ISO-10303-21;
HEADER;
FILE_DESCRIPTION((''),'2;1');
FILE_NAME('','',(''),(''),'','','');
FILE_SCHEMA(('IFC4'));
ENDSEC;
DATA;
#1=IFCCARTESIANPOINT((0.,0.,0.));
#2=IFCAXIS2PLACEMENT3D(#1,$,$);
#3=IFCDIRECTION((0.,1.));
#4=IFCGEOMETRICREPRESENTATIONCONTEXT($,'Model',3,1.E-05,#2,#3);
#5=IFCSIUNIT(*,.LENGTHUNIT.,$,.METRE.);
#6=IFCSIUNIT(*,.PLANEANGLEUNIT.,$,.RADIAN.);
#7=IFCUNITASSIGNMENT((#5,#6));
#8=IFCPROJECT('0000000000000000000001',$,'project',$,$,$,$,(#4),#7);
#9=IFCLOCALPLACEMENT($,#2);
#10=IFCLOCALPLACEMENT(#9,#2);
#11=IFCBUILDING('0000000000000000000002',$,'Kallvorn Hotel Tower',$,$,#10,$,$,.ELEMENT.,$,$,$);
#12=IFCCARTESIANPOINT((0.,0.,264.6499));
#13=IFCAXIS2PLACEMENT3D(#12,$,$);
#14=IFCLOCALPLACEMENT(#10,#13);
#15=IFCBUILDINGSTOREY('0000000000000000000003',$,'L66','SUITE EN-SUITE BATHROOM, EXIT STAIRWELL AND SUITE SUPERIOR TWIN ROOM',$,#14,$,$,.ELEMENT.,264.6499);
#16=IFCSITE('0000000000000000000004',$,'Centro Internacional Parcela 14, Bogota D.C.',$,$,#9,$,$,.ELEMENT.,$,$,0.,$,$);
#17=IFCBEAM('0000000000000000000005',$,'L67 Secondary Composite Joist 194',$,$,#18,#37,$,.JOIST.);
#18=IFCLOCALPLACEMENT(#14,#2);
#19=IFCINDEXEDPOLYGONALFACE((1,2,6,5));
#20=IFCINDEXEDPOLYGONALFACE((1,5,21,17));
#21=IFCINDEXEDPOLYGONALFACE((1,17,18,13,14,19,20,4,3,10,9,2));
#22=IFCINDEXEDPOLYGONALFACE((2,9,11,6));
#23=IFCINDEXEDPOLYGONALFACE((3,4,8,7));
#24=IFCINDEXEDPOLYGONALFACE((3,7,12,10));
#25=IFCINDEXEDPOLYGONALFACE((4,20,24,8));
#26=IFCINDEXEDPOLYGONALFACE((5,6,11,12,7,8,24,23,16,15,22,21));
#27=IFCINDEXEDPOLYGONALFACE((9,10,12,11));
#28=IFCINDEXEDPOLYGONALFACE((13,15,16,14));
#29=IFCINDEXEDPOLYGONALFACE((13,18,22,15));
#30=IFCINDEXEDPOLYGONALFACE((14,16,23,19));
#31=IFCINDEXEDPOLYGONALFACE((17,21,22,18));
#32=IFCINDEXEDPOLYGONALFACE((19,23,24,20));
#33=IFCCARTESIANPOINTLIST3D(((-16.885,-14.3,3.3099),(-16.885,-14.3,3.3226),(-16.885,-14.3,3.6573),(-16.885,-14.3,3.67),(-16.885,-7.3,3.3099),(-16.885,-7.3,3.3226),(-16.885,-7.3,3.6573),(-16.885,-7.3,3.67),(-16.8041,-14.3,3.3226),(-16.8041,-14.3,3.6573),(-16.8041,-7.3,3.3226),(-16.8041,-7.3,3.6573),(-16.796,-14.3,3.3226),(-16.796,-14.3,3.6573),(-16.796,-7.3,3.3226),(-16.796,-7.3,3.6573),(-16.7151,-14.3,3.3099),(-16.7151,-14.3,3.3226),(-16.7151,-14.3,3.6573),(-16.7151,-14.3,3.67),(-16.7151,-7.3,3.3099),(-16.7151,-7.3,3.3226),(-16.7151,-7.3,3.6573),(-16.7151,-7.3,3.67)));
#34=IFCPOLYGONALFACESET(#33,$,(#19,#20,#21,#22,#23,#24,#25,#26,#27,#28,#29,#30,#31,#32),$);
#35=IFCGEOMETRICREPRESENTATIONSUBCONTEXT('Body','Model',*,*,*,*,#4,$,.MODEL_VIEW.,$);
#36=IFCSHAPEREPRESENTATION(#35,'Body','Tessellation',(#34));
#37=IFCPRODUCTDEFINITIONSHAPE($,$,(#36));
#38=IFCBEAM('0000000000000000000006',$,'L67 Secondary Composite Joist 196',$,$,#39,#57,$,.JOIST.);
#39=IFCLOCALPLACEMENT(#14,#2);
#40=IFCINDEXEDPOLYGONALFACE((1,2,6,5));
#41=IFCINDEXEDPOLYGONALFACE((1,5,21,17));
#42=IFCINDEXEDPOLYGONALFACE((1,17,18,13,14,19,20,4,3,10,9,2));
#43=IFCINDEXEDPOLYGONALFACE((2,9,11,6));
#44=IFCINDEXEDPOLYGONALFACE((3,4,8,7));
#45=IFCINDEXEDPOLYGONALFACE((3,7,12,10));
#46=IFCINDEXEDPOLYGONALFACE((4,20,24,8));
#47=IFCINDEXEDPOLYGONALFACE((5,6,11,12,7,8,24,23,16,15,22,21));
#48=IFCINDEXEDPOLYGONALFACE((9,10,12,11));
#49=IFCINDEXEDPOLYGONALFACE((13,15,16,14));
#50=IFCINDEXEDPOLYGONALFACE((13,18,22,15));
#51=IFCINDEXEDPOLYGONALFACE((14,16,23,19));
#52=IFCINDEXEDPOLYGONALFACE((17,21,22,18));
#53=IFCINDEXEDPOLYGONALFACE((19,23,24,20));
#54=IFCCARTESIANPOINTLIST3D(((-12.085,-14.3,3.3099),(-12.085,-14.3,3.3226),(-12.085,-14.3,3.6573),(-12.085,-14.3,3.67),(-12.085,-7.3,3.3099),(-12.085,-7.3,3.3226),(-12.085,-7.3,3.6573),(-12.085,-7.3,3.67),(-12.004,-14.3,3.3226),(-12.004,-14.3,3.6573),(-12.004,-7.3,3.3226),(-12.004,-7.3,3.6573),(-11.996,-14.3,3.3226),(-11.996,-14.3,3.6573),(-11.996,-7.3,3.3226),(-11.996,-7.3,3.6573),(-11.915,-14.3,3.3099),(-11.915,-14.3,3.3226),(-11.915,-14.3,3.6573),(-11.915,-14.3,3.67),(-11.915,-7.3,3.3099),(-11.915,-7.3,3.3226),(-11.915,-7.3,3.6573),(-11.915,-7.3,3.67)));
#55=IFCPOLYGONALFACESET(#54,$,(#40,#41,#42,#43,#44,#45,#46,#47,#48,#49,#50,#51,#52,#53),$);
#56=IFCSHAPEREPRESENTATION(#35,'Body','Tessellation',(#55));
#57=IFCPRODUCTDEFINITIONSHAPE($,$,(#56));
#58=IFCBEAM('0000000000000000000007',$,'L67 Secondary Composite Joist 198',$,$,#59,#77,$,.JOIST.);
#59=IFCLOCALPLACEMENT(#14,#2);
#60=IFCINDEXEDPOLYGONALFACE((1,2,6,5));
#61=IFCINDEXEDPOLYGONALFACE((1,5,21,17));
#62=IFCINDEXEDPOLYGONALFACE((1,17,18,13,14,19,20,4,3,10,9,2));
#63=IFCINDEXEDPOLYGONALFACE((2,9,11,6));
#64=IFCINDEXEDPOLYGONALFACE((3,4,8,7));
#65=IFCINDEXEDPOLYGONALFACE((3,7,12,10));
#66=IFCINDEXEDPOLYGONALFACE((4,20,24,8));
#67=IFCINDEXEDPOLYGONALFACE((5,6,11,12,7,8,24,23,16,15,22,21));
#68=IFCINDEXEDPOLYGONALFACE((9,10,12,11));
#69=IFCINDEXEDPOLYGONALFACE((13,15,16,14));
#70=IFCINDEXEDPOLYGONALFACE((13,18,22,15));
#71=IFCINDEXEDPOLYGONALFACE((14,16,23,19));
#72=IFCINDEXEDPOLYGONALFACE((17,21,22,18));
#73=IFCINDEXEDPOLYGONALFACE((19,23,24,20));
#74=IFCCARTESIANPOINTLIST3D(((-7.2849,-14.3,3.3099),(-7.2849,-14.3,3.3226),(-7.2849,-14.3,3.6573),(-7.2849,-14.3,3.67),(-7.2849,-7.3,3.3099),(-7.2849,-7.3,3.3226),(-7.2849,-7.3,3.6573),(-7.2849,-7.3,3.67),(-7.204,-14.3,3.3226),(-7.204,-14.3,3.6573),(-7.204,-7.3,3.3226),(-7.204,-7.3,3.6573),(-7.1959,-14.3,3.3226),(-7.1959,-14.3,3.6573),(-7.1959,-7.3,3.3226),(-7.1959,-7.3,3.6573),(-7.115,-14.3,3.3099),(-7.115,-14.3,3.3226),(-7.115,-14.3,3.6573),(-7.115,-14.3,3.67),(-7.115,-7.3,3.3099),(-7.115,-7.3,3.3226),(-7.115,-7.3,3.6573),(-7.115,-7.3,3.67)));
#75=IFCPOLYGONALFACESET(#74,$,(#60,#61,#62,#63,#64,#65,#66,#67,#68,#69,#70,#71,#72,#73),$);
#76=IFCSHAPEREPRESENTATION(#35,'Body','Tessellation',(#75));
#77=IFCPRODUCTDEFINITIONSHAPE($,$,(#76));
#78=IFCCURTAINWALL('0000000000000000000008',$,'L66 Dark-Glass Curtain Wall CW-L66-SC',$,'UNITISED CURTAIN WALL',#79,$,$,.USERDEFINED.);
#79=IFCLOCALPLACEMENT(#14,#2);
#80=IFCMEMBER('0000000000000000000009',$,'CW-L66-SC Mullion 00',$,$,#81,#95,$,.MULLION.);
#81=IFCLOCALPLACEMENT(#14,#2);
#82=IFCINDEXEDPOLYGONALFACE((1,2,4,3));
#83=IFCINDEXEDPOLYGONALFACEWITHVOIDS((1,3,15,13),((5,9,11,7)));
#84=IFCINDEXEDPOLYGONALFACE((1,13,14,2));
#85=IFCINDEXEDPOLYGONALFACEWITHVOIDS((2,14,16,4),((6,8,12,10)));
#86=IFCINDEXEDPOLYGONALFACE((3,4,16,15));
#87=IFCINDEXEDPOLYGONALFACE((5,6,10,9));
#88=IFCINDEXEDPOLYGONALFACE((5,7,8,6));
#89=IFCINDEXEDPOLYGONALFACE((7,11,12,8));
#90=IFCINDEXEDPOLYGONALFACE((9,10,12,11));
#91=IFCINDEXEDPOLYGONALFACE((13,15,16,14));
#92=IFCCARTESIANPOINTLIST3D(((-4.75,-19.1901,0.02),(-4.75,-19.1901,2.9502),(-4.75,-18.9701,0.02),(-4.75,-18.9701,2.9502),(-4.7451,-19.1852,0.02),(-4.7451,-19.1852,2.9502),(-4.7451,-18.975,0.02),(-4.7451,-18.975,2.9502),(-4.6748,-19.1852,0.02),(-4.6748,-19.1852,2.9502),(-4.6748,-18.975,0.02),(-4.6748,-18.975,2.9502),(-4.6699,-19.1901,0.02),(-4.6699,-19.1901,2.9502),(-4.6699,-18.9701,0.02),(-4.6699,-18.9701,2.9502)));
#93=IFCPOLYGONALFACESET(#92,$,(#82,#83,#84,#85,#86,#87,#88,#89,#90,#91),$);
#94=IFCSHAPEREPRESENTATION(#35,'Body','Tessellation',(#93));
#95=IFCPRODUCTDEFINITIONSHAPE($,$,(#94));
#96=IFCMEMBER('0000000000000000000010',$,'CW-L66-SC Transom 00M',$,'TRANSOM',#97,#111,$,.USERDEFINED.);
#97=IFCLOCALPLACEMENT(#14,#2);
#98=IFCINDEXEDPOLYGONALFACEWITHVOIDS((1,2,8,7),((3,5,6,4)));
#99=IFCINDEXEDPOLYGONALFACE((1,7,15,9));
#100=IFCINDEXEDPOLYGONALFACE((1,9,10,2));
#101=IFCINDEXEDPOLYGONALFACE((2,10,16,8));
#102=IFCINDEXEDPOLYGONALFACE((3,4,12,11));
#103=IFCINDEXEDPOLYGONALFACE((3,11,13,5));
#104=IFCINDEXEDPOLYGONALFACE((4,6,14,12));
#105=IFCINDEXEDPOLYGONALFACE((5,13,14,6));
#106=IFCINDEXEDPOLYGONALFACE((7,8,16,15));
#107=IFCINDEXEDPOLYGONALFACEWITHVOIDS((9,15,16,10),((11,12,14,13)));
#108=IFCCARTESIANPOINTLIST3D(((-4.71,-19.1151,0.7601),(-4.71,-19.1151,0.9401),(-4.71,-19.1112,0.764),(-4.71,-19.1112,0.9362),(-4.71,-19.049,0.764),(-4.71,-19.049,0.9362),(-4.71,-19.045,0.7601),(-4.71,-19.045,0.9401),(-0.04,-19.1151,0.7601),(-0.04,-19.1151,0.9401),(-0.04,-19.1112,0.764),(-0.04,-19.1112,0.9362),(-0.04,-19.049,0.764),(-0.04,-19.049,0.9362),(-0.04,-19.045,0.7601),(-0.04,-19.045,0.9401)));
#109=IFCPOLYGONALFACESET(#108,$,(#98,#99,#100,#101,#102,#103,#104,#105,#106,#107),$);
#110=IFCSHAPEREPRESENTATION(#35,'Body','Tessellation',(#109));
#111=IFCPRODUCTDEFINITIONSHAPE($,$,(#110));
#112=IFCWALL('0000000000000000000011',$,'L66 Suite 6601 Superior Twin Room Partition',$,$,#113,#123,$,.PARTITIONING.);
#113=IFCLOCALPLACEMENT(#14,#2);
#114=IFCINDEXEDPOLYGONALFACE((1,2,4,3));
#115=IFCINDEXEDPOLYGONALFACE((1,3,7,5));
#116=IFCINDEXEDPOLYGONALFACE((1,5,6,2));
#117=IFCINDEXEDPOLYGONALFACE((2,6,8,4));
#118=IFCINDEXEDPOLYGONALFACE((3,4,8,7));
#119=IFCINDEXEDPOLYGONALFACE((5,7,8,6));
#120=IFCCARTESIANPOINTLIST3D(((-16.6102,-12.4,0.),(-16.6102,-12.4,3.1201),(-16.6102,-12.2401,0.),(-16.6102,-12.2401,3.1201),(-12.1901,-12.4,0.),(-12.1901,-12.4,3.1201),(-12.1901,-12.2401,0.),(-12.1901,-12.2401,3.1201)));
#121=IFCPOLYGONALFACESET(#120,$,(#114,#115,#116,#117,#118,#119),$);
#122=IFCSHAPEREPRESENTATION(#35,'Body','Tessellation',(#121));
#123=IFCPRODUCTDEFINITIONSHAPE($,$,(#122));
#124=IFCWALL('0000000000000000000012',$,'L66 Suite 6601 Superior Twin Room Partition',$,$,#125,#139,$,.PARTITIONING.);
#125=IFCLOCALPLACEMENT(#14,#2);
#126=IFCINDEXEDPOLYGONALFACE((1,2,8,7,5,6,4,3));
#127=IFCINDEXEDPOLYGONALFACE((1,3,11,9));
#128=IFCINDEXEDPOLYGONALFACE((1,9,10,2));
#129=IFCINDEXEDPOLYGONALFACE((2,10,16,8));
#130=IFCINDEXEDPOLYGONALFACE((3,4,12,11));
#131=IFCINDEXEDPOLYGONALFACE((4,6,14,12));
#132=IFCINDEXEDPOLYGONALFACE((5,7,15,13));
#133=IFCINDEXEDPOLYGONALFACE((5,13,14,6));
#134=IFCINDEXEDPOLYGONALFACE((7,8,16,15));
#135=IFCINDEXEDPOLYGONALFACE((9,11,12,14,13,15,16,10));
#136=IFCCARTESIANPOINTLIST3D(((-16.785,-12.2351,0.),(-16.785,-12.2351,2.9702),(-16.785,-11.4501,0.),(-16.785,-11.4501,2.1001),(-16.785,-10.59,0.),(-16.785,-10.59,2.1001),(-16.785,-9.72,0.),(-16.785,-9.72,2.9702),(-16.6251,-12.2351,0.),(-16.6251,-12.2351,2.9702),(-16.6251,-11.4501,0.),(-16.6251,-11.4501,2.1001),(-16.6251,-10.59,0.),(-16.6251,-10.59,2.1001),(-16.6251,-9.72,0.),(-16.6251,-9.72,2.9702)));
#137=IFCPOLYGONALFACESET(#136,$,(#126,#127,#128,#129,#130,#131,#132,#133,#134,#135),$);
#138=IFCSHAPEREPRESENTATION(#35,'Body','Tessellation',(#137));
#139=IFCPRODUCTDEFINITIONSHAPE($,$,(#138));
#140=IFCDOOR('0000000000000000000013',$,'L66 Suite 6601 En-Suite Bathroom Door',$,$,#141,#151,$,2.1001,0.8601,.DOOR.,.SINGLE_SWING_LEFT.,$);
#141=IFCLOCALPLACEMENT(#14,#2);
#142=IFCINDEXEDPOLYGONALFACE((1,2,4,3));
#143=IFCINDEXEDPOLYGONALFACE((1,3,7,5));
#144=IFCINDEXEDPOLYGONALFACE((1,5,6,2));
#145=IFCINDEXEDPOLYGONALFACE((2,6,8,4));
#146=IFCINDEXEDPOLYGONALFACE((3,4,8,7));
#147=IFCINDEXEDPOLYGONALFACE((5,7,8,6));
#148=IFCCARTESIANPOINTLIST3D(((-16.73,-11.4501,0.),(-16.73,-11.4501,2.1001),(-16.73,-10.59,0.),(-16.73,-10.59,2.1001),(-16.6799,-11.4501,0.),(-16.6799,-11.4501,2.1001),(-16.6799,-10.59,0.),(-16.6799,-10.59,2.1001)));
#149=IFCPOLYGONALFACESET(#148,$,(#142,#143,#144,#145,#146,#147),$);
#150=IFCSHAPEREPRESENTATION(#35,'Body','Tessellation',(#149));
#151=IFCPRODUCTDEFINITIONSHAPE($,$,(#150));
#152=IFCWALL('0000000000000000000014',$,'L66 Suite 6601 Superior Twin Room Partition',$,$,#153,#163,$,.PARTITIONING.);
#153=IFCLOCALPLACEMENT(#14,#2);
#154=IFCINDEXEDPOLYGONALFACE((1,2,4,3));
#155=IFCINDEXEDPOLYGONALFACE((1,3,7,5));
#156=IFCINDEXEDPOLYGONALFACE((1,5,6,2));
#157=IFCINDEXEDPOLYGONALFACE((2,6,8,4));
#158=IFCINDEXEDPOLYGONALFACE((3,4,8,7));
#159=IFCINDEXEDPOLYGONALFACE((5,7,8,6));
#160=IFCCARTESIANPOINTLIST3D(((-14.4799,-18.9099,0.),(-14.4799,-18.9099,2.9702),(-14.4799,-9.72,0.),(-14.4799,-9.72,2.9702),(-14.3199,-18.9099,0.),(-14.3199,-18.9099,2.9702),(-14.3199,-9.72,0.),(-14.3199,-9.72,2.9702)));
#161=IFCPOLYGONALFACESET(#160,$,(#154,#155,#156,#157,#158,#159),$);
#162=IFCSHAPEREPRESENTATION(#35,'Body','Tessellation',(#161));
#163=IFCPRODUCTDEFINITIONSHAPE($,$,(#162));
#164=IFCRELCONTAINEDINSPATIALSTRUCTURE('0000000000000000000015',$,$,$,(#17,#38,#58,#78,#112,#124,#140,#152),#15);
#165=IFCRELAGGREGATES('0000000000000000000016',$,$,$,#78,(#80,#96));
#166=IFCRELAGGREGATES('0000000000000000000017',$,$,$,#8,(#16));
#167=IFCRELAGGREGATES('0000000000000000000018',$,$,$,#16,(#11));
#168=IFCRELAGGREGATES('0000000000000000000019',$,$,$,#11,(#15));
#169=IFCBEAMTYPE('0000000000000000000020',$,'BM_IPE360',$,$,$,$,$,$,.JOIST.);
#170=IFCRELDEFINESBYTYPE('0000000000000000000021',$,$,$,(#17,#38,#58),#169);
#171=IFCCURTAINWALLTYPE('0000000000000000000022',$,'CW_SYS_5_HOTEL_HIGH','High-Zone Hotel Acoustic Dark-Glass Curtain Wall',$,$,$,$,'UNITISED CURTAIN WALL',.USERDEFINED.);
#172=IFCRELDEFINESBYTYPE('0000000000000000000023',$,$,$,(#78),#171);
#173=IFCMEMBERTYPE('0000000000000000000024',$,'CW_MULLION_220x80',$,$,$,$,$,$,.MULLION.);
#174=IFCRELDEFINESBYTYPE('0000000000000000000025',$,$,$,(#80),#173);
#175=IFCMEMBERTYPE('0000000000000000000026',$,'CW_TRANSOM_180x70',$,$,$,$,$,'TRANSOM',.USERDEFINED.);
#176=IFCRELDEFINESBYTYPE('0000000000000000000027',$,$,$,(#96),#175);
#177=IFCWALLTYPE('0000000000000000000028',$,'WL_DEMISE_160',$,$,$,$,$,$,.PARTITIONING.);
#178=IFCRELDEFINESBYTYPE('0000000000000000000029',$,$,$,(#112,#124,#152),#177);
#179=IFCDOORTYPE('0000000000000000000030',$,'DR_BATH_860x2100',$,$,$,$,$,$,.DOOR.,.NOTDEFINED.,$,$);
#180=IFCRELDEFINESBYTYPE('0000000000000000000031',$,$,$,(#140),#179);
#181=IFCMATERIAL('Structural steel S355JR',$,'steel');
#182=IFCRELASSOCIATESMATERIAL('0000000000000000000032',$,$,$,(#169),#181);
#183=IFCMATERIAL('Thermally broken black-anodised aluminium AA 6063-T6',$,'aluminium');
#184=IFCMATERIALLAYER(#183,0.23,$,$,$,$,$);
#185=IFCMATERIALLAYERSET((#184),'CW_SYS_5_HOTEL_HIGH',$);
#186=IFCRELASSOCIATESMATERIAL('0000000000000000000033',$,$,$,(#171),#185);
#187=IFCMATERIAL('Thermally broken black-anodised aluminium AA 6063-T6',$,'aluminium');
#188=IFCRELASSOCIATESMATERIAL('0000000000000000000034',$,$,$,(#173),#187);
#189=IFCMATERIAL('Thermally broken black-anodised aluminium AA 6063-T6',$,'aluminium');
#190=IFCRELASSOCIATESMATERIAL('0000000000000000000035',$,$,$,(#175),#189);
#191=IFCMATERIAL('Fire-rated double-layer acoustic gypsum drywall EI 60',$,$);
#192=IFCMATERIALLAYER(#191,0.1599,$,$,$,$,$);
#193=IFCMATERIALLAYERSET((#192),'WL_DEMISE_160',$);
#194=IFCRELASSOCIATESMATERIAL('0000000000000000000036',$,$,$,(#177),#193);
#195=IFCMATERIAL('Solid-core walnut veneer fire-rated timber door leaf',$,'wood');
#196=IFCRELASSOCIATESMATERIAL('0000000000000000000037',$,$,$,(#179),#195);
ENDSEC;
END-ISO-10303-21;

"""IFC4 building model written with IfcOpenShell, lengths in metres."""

from ifc_helpers import new_model, si_unit, direction, frame, frame_2d, origin, origin_2d, place, context, subcontext, project, spatial, rectangle, hollow_rectangle, i_section, extrude, material, layer, layer_set, material_profile, profile_set, type_object, element, fill, aggregate, save


model = new_model("IFC4")

# Units and contexts
model_context = context("Model", 3, precision=1e-05, world=origin(), true_north=direction((0.0, 1.0)))
body_context = subcontext(model_context, "Body", "Model", "MODEL_VIEW")
ifc_project = project(units=[si_unit("LENGTHUNIT", "METRE"), si_unit("PLANEANGLEUNIT", "RADIAN")], contexts=[model_context])

# Site, building, storey
site_placement = place(None, origin())
site = spatial("IfcSite", under=ifc_project, at=site_placement, Name="Centro Internacional Parcela 14, Bogota D.C.", CompositionType="ELEMENT", RefElevation=0.0)
building_placement = place(site_placement, origin())
building = spatial("IfcBuilding", under=site, at=building_placement, Name="Kallvorn Hotel Tower", CompositionType="ELEMENT")
storey_placement = place(building_placement, frame((0.0, 0.0, 264.6499)))
storey = spatial("IfcBuildingStorey", under=building, at=storey_placement, Name="L66", Description="SUITE EN-SUITE BATHROOM, EXIT STAIRWELL AND SUITE SUPERIOR TWIN ROOM", CompositionType="ELEMENT", Elevation=264.6499)

# Beams
ifc_material_1 = material(Name="Structural steel S355JR", Category="steel")
ifc_material_profile_1 = material_profile(ifc_material_1, i_section(OverallWidth=0.1699, OverallDepth=0.3601, WebThickness=0.0081, FlangeThickness=0.0127, at=origin_2d()), Name="IPE 360")
ifc_profile_set_1 = profile_set([ifc_material_profile_1], Name="Structural steel S355JR")
beam_type_1 = type_object("IfcBeamType", Name="BM_IPE360", PredefinedType="JOIST", material=ifc_profile_set_1)
for number, where, z_axis, x_axis, name in (
    (1, (-16.8, -14.3, 3.49), (0.0, 1.0, 0.0), (-1.0, 0.0, 0.0), "L67 Secondary Composite Joist 194"),
    (2, (-12.0, -14.3, 3.49), (0.0, 1.0, 0.0), (-1.0, 0.0, 0.0), "L67 Secondary Composite Joist 196"),
    (3, (-7.2, -14.3, 3.49), (0.0, 1.0, 0.0), (-1.0, 0.0, 0.0), "L67 Secondary Composite Joist 198"),
):
    element("IfcBeam", number, at=place(storey_placement, frame(where, z_axis=z_axis, x_axis=x_axis)), inside=storey, type_object=beam_type_1, Name=name, PredefinedType="JOIST", context=body_context, shape_type="SweptSolid", body=[
        extrude(i_section(OverallWidth=0.1699, OverallDepth=0.3601, WebThickness=0.0081, FlangeThickness=0.0127, at=origin_2d()), origin(), (0.0, 0.0, 1.0), 7.0),
    ])

# Curtain wall, members
ifc_material_2 = material(Name="Thermally broken black-anodised aluminium AA 6063-T6", Category="aluminium")
ifc_layer_1 = layer(ifc_material_2, 0.23)
ifc_layer_set_1 = layer_set([ifc_layer_1], Name="CW_SYS_5_HOTEL_HIGH")
curtain_wall_type = type_object("IfcCurtainWallType", Name="CW_SYS_5_HOTEL_HIGH", Description="High-Zone Hotel Acoustic Dark-Glass Curtain Wall", ElementType="UNITISED CURTAIN WALL", PredefinedType="USERDEFINED", material=ifc_layer_set_1)
curtain_wall_placement = place(storey_placement, origin())
curtain_wall = element("IfcCurtainWall", 4, at=curtain_wall_placement, inside=storey, type_object=curtain_wall_type, Name="L66 Dark-Glass Curtain Wall CW-L66-SC", ObjectType="UNITISED CURTAIN WALL", PredefinedType="USERDEFINED")
ifc_material_3 = material(Name="Thermally broken black-anodised aluminium AA 6063-T6", Category="aluminium")
ifc_material_profile_2 = material_profile(ifc_material_3, hollow_rectangle(XDim=0.0801, YDim=0.22, WallThickness=0.0049, at=origin_2d()), Name="MUL 220x80")
ifc_profile_set_2 = profile_set([ifc_material_profile_2], Name="Thermally broken black-anodised aluminium AA 6063-T6")
member_type_1 = type_object("IfcMemberType", Name="CW_MULLION_220x80", PredefinedType="MULLION", material=ifc_profile_set_2)
member_1_placement = place(storey_placement, frame((-4.71, -19.0801, 0.02), z_axis=(0.0, 0.0, 1.0), x_axis=(1.0, 0.0, 0.0)))
member_1 = element("IfcMember", 5, at=member_1_placement, type_object=member_type_1, Name="CW-L66-SC Mullion 00", PredefinedType="MULLION", context=body_context, shape_type="SweptSolid", body=[
    extrude(hollow_rectangle(XDim=0.0801, YDim=0.22, WallThickness=0.0049, at=origin_2d()), origin(), (0.0, 0.0, 1.0), 2.9302),
])
ifc_material_4 = material(Name="Thermally broken black-anodised aluminium AA 6063-T6", Category="aluminium")
ifc_material_profile_3 = material_profile(ifc_material_4, hollow_rectangle(XDim=0.0701, YDim=0.1799, WallThickness=0.0039, at=origin_2d()), Name="TRN 180x70")
ifc_profile_set_3 = profile_set([ifc_material_profile_3], Name="Thermally broken black-anodised aluminium AA 6063-T6")
member_type_2 = type_object("IfcMemberType", Name="CW_TRANSOM_180x70", ElementType="TRANSOM", PredefinedType="USERDEFINED", material=ifc_profile_set_3)
member_2_placement = place(storey_placement, frame((-4.71, -19.0801, 0.8501), z_axis=(1.0, 0.0, 0.0), x_axis=(0.0, 1.0, 0.0)))
member_2 = element("IfcMember", 6, at=member_2_placement, type_object=member_type_2, Name="CW-L66-SC Transom 00M", ObjectType="TRANSOM", PredefinedType="USERDEFINED", context=body_context, shape_type="SweptSolid", body=[
    extrude(hollow_rectangle(XDim=0.0701, YDim=0.1799, WallThickness=0.0039, at=origin_2d()), origin(), (0.0, 0.0, 1.0), 4.6699),
])
aggregate(curtain_wall, [member_1, member_2])

# Wall
ifc_material_5 = material(Name="Fire-rated double-layer acoustic gypsum drywall EI 60")
ifc_layer_2 = layer(ifc_material_5, 0.1599)
ifc_layer_set_2 = layer_set([ifc_layer_2], Name="WL_DEMISE_160")
wall_type = type_object("IfcWallType", Name="WL_DEMISE_160", PredefinedType="PARTITIONING", material=ifc_layer_set_2)
wall_1_placement = place(storey_placement, frame((-16.6101, -12.3201, 0.0), z_axis=(0.0, 0.0, 1.0), x_axis=(1.0, 0.0, 0.0)))
element("IfcWall", 7, at=wall_1_placement, inside=storey, type_object=wall_type, Name="L66 Suite 6601 Superior Twin Room Partition", PredefinedType="PARTITIONING", context=body_context, shape_type="SweptSolid", body=[
    extrude(rectangle(XDim=4.4202, YDim=0.1599, at=frame_2d((2.21, 0.0))), origin(), (0.0, 0.0, 1.0), 3.1201),
])

# Wall, opening, door
wall_2_placement = place(storey_placement, frame((-16.7051, -12.2351, 0.0), z_axis=(0.0, 0.0, 1.0), x_axis=(0.0, 1.0, 0.0)))
wall_2 = element("IfcWall", 8, at=wall_2_placement, inside=storey, type_object=wall_type, Name="L66 Suite 6601 Superior Twin Room Partition", PredefinedType="PARTITIONING", context=body_context, shape_type="SweptSolid", body=[
    extrude(rectangle(XDim=2.5151, YDim=0.1599, at=frame_2d((1.2576, 0.0))), origin(), (0.0, 0.0, 1.0), 2.9702),
])
opening_1_placement = place(wall_2_placement, frame((0.7849, 0.0, 0.0)))
opening_1 = element("IfcOpeningElement", 9, at=opening_1_placement, cuts=wall_2, PredefinedType="OPENING", context=body_context, shape_type="SweptSolid", body=[
    extrude(rectangle(XDim=0.8601, YDim=2.1001, at=frame_2d((0.4302, 1.05))), frame((0.0, 0.095, 0.0), z_axis=(0.0, -1.0, 0.0), x_axis=(1.0, 0.0, 0.0)), (0.0, 0.0, 1.0), 0.1899),
])
ifc_material_6 = material(Name="Solid-core walnut veneer fire-rated timber door leaf", Category="wood")
door_type = type_object("IfcDoorType", Name="DR_BATH_860x2100", OperationType="NOTDEFINED", PredefinedType="DOOR", material=ifc_material_6)
door_1_placement = place(opening_1_placement, origin())
door_1 = element("IfcDoor", 10, at=door_1_placement, inside=storey, type_object=door_type, Name="L66 Suite 6601 En-Suite Bathroom Door", OperationType="SINGLE_SWING_LEFT", OverallHeight=2.1001, OverallWidth=0.8601, PredefinedType="DOOR", context=body_context, shape_type="SweptSolid", body=[
    extrude(rectangle(XDim=0.8601, YDim=2.1001, at=frame_2d((0.4302, 1.05))), frame((0.0, 0.0249, 0.0), z_axis=(0.0, -1.0, 0.0), x_axis=(1.0, 0.0, 0.0)), (0.0, 0.0, 1.0), 0.05),
])
fill(opening_1, door_1)

# Wall
wall_3_placement = place(storey_placement, frame((-14.3999, -18.9099, 0.0), z_axis=(0.0, 0.0, 1.0), x_axis=(0.0, 1.0, 0.0)))
element("IfcWall", 11, at=wall_3_placement, inside=storey, type_object=wall_type, Name="L66 Suite 6601 Superior Twin Room Partition", PredefinedType="PARTITIONING", context=body_context, shape_type="SweptSolid", body=[
    extrude(rectangle(XDim=9.1899, YDim=0.1599, at=frame_2d((4.595, 0.0))), origin(), (0.0, 0.0, 1.0), 2.9702),
])

save(model, "model.ifc")
